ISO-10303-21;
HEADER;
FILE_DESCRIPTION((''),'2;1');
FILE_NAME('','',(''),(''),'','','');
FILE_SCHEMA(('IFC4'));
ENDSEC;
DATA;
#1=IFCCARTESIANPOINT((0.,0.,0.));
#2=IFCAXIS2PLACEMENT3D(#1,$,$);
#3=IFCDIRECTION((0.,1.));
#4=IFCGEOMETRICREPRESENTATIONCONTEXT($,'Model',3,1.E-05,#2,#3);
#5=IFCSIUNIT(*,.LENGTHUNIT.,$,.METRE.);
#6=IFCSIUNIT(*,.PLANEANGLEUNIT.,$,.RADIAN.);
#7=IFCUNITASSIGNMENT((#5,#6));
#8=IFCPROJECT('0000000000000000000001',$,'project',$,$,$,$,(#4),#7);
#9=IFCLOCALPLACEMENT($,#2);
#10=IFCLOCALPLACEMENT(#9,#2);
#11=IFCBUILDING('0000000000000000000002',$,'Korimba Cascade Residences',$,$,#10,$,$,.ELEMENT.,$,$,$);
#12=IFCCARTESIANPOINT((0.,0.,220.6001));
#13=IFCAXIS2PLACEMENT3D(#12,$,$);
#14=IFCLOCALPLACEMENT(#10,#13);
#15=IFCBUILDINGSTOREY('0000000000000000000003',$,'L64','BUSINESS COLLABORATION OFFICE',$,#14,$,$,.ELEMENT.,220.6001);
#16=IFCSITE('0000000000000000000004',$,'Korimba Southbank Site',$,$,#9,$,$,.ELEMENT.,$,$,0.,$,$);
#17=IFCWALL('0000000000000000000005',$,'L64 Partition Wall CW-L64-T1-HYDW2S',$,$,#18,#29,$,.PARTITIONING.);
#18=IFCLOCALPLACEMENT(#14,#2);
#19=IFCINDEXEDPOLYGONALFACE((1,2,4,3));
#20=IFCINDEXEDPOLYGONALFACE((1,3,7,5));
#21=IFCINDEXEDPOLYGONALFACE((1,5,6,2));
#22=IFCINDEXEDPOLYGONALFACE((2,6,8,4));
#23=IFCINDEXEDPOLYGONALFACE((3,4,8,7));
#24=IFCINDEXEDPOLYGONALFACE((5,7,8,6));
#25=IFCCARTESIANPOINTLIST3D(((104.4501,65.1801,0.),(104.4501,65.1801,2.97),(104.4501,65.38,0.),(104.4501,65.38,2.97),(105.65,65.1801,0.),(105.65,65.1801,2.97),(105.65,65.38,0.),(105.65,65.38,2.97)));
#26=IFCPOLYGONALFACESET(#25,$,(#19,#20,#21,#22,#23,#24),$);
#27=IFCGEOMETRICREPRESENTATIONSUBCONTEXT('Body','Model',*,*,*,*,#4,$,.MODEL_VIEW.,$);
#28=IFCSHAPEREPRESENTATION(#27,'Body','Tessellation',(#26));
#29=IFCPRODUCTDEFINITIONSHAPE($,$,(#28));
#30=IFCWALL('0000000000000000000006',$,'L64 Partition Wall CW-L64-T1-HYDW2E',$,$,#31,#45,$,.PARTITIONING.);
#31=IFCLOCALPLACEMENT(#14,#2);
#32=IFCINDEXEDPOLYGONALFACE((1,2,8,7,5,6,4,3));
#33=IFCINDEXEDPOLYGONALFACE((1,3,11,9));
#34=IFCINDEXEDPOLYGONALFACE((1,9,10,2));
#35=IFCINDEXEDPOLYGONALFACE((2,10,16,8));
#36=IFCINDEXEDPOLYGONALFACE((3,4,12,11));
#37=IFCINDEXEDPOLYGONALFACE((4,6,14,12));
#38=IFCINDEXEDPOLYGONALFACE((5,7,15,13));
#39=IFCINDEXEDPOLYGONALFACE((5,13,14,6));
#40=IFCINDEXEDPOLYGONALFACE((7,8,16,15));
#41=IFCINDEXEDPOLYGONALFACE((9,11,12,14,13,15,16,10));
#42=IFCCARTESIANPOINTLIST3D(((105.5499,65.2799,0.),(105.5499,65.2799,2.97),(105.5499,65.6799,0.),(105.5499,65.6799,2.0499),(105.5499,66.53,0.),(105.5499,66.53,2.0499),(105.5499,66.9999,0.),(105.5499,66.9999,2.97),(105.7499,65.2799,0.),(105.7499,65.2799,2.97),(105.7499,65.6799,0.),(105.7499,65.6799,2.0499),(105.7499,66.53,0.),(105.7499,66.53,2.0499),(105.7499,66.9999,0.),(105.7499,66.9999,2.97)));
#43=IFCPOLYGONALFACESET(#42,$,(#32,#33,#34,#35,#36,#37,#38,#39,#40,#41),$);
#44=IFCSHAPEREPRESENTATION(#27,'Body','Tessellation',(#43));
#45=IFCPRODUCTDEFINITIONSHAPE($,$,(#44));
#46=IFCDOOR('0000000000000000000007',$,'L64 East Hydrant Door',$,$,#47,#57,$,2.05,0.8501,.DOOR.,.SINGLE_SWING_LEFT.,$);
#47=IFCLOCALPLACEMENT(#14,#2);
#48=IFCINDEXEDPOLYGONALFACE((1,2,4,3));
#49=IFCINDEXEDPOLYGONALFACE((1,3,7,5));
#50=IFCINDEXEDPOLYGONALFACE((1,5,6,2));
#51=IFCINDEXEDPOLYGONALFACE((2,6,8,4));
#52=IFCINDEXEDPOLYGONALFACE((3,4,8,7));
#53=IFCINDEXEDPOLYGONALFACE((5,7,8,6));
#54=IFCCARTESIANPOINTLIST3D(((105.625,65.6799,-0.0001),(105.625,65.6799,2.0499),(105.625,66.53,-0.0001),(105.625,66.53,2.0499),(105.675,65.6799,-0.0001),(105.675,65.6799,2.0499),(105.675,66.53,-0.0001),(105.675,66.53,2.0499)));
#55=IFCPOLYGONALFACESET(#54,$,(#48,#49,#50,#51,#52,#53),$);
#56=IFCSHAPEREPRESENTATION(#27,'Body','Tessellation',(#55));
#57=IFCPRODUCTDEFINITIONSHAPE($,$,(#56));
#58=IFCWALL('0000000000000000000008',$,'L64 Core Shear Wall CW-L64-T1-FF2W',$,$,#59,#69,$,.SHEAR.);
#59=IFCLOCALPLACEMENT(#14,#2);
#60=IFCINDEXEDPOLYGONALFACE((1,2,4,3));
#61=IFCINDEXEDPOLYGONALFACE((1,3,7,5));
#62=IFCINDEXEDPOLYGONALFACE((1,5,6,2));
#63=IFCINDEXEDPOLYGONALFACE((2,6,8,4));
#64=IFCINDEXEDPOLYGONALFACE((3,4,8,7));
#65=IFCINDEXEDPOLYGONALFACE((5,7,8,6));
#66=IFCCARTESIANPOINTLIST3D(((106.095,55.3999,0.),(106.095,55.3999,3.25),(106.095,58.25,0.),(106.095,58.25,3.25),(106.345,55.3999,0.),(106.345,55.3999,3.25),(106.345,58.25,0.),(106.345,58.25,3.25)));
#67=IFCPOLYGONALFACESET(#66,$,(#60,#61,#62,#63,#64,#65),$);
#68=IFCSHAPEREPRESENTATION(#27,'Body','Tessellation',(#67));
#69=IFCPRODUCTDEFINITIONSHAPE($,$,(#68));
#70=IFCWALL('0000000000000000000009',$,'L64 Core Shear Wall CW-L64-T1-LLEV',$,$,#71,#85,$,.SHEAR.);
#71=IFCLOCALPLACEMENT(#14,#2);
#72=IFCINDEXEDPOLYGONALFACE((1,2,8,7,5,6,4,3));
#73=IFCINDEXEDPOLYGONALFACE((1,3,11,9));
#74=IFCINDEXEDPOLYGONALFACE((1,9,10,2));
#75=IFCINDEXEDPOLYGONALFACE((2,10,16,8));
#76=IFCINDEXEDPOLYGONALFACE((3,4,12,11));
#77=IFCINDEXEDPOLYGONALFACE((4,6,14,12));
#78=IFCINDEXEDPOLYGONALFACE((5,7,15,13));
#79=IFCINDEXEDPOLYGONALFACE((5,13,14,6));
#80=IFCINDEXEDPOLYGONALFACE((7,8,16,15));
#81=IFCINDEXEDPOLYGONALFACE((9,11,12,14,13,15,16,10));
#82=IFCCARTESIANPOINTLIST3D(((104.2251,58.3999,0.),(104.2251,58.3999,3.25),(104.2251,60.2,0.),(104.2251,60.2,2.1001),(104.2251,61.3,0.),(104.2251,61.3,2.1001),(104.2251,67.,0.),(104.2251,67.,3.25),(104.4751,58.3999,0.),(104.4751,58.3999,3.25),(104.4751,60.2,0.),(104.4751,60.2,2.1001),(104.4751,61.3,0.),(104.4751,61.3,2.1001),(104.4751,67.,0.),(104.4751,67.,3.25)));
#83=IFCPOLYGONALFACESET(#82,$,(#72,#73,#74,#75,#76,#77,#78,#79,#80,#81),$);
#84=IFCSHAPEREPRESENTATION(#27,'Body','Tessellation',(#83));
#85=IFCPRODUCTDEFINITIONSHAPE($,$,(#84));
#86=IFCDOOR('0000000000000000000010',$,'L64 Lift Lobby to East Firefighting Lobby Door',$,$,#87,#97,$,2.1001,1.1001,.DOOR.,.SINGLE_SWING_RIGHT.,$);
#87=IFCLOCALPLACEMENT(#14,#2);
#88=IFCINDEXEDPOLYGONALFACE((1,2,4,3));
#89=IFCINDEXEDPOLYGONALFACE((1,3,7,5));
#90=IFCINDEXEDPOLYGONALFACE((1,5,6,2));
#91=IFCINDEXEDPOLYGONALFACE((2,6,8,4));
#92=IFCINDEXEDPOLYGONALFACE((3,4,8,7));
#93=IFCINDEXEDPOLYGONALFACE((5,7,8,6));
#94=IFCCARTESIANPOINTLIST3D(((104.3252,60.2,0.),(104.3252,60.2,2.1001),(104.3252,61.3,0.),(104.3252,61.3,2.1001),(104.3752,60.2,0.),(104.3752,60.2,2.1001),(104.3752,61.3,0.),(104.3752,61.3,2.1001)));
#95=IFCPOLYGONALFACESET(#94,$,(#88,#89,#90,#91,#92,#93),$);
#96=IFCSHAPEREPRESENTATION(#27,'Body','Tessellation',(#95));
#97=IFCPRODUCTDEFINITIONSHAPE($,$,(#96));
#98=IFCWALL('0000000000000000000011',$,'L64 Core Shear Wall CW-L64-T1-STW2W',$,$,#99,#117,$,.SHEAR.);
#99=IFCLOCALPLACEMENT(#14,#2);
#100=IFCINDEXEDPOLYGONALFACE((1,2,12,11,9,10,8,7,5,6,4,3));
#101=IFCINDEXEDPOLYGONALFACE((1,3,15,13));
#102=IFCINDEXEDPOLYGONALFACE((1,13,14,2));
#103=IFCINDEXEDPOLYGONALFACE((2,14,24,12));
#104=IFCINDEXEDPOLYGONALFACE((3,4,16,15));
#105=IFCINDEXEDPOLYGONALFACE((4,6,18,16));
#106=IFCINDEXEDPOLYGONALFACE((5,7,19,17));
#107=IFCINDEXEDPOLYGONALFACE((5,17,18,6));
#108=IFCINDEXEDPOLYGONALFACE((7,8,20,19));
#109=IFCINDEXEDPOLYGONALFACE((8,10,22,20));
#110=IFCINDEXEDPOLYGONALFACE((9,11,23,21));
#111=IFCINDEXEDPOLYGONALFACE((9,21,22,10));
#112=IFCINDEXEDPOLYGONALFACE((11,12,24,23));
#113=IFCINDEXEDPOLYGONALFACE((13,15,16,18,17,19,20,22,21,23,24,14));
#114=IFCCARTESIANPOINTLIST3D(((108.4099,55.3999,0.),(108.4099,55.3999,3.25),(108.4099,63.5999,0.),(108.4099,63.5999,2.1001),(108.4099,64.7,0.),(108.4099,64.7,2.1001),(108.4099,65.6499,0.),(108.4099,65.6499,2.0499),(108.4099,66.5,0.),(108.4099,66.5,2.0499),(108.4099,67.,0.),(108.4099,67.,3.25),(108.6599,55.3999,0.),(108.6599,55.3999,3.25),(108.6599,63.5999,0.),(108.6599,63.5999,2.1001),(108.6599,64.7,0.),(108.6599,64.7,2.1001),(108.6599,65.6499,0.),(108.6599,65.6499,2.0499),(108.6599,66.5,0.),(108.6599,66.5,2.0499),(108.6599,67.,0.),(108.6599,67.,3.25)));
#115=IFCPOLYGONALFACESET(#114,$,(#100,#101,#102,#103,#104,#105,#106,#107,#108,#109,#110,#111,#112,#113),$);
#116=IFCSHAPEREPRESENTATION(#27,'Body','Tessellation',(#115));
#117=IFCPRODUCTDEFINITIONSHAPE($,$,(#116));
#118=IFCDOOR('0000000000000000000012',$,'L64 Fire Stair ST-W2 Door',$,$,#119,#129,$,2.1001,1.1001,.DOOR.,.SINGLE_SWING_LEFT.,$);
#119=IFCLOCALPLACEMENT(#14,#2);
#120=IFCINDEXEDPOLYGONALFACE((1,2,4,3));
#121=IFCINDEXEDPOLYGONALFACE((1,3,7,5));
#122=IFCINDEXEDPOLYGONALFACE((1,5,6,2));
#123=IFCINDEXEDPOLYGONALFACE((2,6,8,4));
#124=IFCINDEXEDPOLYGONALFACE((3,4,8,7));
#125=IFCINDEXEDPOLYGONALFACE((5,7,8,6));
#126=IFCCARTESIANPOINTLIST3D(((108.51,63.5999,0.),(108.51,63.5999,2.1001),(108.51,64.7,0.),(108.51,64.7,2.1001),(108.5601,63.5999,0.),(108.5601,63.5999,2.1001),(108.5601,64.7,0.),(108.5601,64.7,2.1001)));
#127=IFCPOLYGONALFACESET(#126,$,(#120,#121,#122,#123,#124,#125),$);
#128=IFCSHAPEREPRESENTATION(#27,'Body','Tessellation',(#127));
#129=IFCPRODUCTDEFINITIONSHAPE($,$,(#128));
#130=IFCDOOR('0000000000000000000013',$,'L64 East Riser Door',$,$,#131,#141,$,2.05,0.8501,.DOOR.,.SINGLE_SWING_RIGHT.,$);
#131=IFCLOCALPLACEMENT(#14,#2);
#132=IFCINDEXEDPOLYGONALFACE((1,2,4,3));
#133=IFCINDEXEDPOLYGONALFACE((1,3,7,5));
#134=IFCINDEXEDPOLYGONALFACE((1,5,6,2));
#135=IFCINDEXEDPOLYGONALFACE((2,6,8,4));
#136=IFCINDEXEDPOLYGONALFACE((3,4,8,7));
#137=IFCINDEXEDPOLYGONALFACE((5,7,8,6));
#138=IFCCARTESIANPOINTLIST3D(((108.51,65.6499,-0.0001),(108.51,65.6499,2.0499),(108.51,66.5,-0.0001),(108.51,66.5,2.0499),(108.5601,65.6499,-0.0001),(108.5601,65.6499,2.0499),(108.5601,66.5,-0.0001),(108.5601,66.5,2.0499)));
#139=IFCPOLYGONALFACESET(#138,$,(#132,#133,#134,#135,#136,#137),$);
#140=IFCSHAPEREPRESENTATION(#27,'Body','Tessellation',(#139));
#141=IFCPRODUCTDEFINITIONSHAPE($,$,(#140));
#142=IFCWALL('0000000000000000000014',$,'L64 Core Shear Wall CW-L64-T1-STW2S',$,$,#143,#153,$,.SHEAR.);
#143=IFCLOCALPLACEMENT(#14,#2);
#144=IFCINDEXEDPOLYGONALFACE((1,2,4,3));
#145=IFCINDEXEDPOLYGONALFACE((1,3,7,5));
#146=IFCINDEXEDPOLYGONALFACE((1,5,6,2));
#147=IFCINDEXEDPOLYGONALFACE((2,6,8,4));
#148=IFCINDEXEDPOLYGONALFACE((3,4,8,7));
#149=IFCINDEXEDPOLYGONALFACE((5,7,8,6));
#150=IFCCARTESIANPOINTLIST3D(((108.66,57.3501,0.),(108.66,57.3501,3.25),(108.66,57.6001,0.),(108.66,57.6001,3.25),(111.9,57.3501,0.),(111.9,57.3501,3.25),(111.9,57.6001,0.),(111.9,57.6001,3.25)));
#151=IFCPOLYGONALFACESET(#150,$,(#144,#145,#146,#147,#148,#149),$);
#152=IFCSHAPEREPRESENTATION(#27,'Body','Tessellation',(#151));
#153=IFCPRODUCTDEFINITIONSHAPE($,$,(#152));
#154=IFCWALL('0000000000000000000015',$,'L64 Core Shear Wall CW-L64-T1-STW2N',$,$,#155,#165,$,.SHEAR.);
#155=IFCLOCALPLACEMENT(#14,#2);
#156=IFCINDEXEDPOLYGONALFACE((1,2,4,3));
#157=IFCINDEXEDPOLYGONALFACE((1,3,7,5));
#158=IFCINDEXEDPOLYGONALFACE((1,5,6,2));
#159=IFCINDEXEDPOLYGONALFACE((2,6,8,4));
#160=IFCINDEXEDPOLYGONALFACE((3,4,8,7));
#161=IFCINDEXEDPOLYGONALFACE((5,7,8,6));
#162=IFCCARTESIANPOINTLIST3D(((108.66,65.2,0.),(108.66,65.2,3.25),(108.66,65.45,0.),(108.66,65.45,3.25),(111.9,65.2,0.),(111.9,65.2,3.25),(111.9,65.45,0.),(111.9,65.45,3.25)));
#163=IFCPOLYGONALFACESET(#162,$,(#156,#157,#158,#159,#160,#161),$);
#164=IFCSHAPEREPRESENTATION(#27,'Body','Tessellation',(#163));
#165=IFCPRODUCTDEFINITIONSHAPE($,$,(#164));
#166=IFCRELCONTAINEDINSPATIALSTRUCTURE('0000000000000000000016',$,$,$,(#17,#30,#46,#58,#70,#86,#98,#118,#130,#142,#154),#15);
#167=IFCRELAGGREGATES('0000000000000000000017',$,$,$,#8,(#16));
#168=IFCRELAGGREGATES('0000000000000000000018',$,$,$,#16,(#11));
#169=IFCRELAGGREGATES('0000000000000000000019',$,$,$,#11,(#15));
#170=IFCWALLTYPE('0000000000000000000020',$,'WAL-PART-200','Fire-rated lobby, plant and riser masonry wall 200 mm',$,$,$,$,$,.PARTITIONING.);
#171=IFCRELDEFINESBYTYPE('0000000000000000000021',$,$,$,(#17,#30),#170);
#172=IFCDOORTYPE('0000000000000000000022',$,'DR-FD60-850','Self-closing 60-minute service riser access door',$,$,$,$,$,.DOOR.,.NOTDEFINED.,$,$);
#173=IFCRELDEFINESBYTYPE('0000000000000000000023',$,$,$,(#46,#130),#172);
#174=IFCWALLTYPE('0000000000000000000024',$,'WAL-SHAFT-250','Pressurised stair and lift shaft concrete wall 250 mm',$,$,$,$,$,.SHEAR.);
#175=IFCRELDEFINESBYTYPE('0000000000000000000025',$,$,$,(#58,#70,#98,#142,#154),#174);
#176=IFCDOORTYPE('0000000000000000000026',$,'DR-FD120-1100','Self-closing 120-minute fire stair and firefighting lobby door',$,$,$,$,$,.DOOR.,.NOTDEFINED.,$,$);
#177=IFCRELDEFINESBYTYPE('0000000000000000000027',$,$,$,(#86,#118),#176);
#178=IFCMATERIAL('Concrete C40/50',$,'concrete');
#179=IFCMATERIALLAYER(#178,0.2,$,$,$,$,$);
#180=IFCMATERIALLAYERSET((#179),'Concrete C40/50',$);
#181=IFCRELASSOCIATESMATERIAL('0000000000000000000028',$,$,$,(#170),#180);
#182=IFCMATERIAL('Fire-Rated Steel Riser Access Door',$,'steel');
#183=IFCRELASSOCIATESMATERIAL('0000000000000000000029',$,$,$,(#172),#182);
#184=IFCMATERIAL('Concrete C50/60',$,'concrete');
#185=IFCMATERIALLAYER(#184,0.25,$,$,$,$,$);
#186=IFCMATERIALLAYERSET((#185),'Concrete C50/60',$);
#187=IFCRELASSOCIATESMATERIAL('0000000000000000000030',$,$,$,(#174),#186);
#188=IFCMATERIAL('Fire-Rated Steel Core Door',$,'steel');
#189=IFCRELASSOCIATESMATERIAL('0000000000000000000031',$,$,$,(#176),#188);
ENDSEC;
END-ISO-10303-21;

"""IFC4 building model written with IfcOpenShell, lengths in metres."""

from ifc_helpers import new_model, si_unit, direction, frame, frame_2d, origin, place, context, subcontext, project, spatial, rectangle, extrude, material, layer, layer_set, type_object, element, fill, save


model = new_model("IFC4")

# Units and contexts
model_context = context("Model", 3, precision=1e-05, world=origin(), true_north=direction((0.0, 1.0)))
body_context = subcontext(model_context, "Body", "Model", "MODEL_VIEW")
ifc_project = project(units=[si_unit("LENGTHUNIT", "METRE"), si_unit("PLANEANGLEUNIT", "RADIAN")], contexts=[model_context])

# Site, building, storey
site_placement = place(None, origin())
site = spatial("IfcSite", under=ifc_project, at=site_placement, Name="Korimba Southbank Site", CompositionType="ELEMENT", RefElevation=0.0)
building_placement = place(site_placement, origin())
building = spatial("IfcBuilding", under=site, at=building_placement, Name="Korimba Cascade Residences", CompositionType="ELEMENT")
storey_placement = place(building_placement, frame((0.0, 0.0, 220.6001)))
storey = spatial("IfcBuildingStorey", under=building, at=storey_placement, Name="L64", Description="BUSINESS COLLABORATION OFFICE", CompositionType="ELEMENT", Elevation=220.6001)

# Wall
ifc_material_1 = material(Name="Concrete C40/50", Category="concrete")
ifc_layer_1 = layer(ifc_material_1, 0.2)
ifc_layer_set_1 = layer_set([ifc_layer_1], Name="Concrete C40/50")
wall_type_1 = type_object("IfcWallType", Name="WAL-PART-200", Description="Fire-rated lobby, plant and riser masonry wall 200 mm", PredefinedType="PARTITIONING", material=ifc_layer_set_1)
wall_1_placement = place(storey_placement, frame((104.45, 65.28, 0.0), z_axis=(0.0, 0.0, 1.0), x_axis=(1.0, 0.0, 0.0)))
element("IfcWall", 1, at=wall_1_placement, inside=storey, type_object=wall_type_1, Name="L64 Partition Wall CW-L64-T1-HYDW2S", PredefinedType="PARTITIONING", context=body_context, shape_type="SweptSolid", body=[
    extrude(rectangle(XDim=1.2, YDim=0.2, at=frame_2d((0.6001, 0.0))), origin(), (0.0, 0.0, 1.0), 2.97),
])

# Wall, opening, door
wall_2_placement = place(storey_placement, frame((105.6499, 65.28, 0.0), z_axis=(0.0, 0.0, 1.0), x_axis=(0.0, 1.0, 0.0)))
wall_2 = element("IfcWall", 2, at=wall_2_placement, inside=storey, type_object=wall_type_1, Name="L64 Partition Wall CW-L64-T1-HYDW2E", PredefinedType="PARTITIONING", context=body_context, shape_type="SweptSolid", body=[
    extrude(rectangle(XDim=1.72, YDim=0.2, at=frame_2d((0.8599, 0.0))), origin(), (0.0, 0.0, 1.0), 2.97),
])
opening_1_placement = place(wall_2_placement, frame((0.3999, 0.0, 0.0)))
opening_1 = element("IfcOpeningElement", 3, at=opening_1_placement, cuts=wall_2, PredefinedType="OPENING", context=body_context, shape_type="SweptSolid", body=[
    extrude(rectangle(XDim=0.8501, YDim=2.05, at=frame_2d((0.425, 1.0249))), frame((0.0, 0.1099, 0.0), z_axis=(0.0, -1.0, 0.0), x_axis=(1.0, 0.0, 0.0)), (0.0, 0.0, 1.0), 0.22),
])
ifc_material_2 = material(Name="Fire-Rated Steel Riser Access Door", Category="steel")
door_type_1 = type_object("IfcDoorType", Name="DR-FD60-850", Description="Self-closing 60-minute service riser access door", OperationType="NOTDEFINED", PredefinedType="DOOR", material=ifc_material_2)
door_1_placement = place(opening_1_placement, origin())
door_1 = element("IfcDoor", 4, at=door_1_placement, inside=storey, type_object=door_type_1, Name="L64 East Hydrant Door", OperationType="SINGLE_SWING_LEFT", OverallHeight=2.05, OverallWidth=0.8501, PredefinedType="DOOR", context=body_context, shape_type="SweptSolid", body=[
    extrude(rectangle(XDim=0.8501, YDim=2.05, at=frame_2d((0.425, 1.0249))), frame((0.0, 0.0249, 0.0), z_axis=(0.0, -1.0, 0.0), x_axis=(1.0, 0.0, 0.0)), (0.0, 0.0, 1.0), 0.05),
])
fill(opening_1, door_1)

# Wall
ifc_material_3 = material(Name="Concrete C50/60", Category="concrete")
ifc_layer_2 = layer(ifc_material_3, 0.25)
ifc_layer_set_2 = layer_set([ifc_layer_2], Name="Concrete C50/60")
wall_type_2 = type_object("IfcWallType", Name="WAL-SHAFT-250", Description="Pressurised stair and lift shaft concrete wall 250 mm", PredefinedType="SHEAR", material=ifc_layer_set_2)
wall_3_placement = place(storey_placement, frame((106.22, 55.3999, 0.0), z_axis=(0.0, 0.0, 1.0), x_axis=(0.0, 1.0, 0.0)))
element("IfcWall", 5, at=wall_3_placement, inside=storey, type_object=wall_type_2, Name="L64 Core Shear Wall CW-L64-T1-FF2W", PredefinedType="SHEAR", context=body_context, shape_type="SweptSolid", body=[
    extrude(rectangle(XDim=2.8501, YDim=0.25, at=frame_2d((1.425, 0.0))), origin(), (0.0, 0.0, 1.0), 3.25),
])

# Wall, opening, door
wall_4_placement = place(storey_placement, frame((104.3501, 58.3999, 0.0), z_axis=(0.0, 0.0, 1.0), x_axis=(0.0, 1.0, 0.0)))
wall_4 = element("IfcWall", 6, at=wall_4_placement, inside=storey, type_object=wall_type_2, Name="L64 Core Shear Wall CW-L64-T1-LLEV", PredefinedType="SHEAR", context=body_context, shape_type="SweptSolid", body=[
    extrude(rectangle(XDim=8.6001, YDim=0.25, at=frame_2d((4.3, 0.0))), origin(), (0.0, 0.0, 1.0), 3.25),
])
opening_2_placement = place(wall_4_placement, frame((1.8, 0.0, 0.0)))
opening_2 = element("IfcOpeningElement", 7, at=opening_2_placement, cuts=wall_4, PredefinedType="OPENING", context=body_context, shape_type="SweptSolid", body=[
    extrude(rectangle(XDim=1.1001, YDim=2.1001, at=frame_2d((0.55, 1.05))), frame((0.0, 0.135, 0.0), z_axis=(0.0, -1.0, 0.0), x_axis=(1.0, 0.0, 0.0)), (0.0, 0.0, 1.0), 0.27),
])
ifc_material_4 = material(Name="Fire-Rated Steel Core Door", Category="steel")
door_type_2 = type_object("IfcDoorType", Name="DR-FD120-1100", Description="Self-closing 120-minute fire stair and firefighting lobby door", OperationType="NOTDEFINED", PredefinedType="DOOR", material=ifc_material_4)
door_2_placement = place(opening_2_placement, origin())
door_2 = element("IfcDoor", 8, at=door_2_placement, inside=storey, type_object=door_type_2, Name="L64 Lift Lobby to East Firefighting Lobby Door", OperationType="SINGLE_SWING_RIGHT", OverallHeight=2.1001, OverallWidth=1.1001, PredefinedType="DOOR", context=body_context, shape_type="SweptSolid", body=[
    extrude(rectangle(XDim=1.1001, YDim=2.1001, at=frame_2d((0.55, 1.05))), frame((0.0, 0.0249, 0.0), z_axis=(0.0, -1.0, 0.0), x_axis=(1.0, 0.0, 0.0)), (0.0, 0.0, 1.0), 0.05),
])
fill(opening_2, door_2)

# Wall, openings, doors
wall_5_placement = place(storey_placement, frame((108.5349, 55.3999, 0.0), z_axis=(0.0, 0.0, 1.0), x_axis=(0.0, 1.0, 0.0)))
wall_5 = element("IfcWall", 9, at=wall_5_placement, inside=storey, type_object=wall_type_2, Name="L64 Core Shear Wall CW-L64-T1-STW2W", PredefinedType="SHEAR", context=body_context, shape_type="SweptSolid", body=[
    extrude(rectangle(XDim=11.6001, YDim=0.25, at=frame_2d((5.8, 0.0))), origin(), (0.0, 0.0, 1.0), 3.25),
])
opening_3_placement = place(wall_5_placement, frame((8.2, 0.0, 0.0)))
opening_3 = element("IfcOpeningElement", 10, at=opening_3_placement, cuts=wall_5, PredefinedType="OPENING", context=body_context, shape_type="SweptSolid", body=[
    extrude(rectangle(XDim=1.1001, YDim=2.1001, at=frame_2d((0.55, 1.05))), frame((0.0, 0.135, 0.0), z_axis=(0.0, -1.0, 0.0), x_axis=(1.0, 0.0, 0.0)), (0.0, 0.0, 1.0), 0.27),
])
opening_4_placement = place(wall_5_placement, frame((10.25, 0.0, 0.0)))
opening_4 = element("IfcOpeningElement", 11, at=opening_4_placement, cuts=wall_5, PredefinedType="OPENING", context=body_context, shape_type="SweptSolid", body=[
    extrude(rectangle(XDim=0.8501, YDim=2.05, at=frame_2d((0.425, 1.0249))), frame((0.0, 0.135, 0.0), z_axis=(0.0, -1.0, 0.0), x_axis=(1.0, 0.0, 0.0)), (0.0, 0.0, 1.0), 0.27),
])
door_3_placement = place(opening_3_placement, origin())
door_3 = element("IfcDoor", 12, at=door_3_placement, inside=storey, type_object=door_type_2, Name="L64 Fire Stair ST-W2 Door", OperationType="SINGLE_SWING_LEFT", OverallHeight=2.1001, OverallWidth=1.1001, PredefinedType="DOOR", context=body_context, shape_type="SweptSolid", body=[
    extrude(rectangle(XDim=1.1001, YDim=2.1001, at=frame_2d((0.55, 1.05))), frame((0.0, 0.0249, 0.0), z_axis=(0.0, -1.0, 0.0), x_axis=(1.0, 0.0, 0.0)), (0.0, 0.0, 1.0), 0.05),
])
fill(opening_3, door_3)
door_4_placement = place(opening_4_placement, origin())
door_4 = element("IfcDoor", 13, at=door_4_placement, inside=storey, type_object=door_type_1, Name="L64 East Riser Door", OperationType="SINGLE_SWING_RIGHT", OverallHeight=2.05, OverallWidth=0.8501, PredefinedType="DOOR", context=body_context, shape_type="SweptSolid", body=[
    extrude(rectangle(XDim=0.8501, YDim=2.05, at=frame_2d((0.425, 1.0249))), frame((0.0, 0.0249, 0.0), z_axis=(0.0, -1.0, 0.0), x_axis=(1.0, 0.0, 0.0)), (0.0, 0.0, 1.0), 0.05),
])
fill(opening_4, door_4)

# Walls
for number, where, z_axis, x_axis, name in (
    (14, (108.6599, 57.4751, 0.0), (0.0, 0.0, 1.0), (1.0, 0.0, 0.0), "L64 Core Shear Wall CW-L64-T1-STW2S"),
    (15, (108.6599, 65.325, 0.0), (0.0, 0.0, 1.0), (1.0, 0.0, 0.0), "L64 Core Shear Wall CW-L64-T1-STW2N"),
):
    element("IfcWall", number, at=place(storey_placement, frame(where, z_axis=z_axis, x_axis=x_axis)), inside=storey, type_object=wall_type_2, Name=name, PredefinedType="SHEAR", context=body_context, shape_type="SweptSolid", body=[
        extrude(rectangle(XDim=3.24, YDim=0.25, at=frame_2d((1.6201, 0.0))), origin(), (0.0, 0.0, 1.0), 3.25),
    ])

save(model, "model.ifc")
